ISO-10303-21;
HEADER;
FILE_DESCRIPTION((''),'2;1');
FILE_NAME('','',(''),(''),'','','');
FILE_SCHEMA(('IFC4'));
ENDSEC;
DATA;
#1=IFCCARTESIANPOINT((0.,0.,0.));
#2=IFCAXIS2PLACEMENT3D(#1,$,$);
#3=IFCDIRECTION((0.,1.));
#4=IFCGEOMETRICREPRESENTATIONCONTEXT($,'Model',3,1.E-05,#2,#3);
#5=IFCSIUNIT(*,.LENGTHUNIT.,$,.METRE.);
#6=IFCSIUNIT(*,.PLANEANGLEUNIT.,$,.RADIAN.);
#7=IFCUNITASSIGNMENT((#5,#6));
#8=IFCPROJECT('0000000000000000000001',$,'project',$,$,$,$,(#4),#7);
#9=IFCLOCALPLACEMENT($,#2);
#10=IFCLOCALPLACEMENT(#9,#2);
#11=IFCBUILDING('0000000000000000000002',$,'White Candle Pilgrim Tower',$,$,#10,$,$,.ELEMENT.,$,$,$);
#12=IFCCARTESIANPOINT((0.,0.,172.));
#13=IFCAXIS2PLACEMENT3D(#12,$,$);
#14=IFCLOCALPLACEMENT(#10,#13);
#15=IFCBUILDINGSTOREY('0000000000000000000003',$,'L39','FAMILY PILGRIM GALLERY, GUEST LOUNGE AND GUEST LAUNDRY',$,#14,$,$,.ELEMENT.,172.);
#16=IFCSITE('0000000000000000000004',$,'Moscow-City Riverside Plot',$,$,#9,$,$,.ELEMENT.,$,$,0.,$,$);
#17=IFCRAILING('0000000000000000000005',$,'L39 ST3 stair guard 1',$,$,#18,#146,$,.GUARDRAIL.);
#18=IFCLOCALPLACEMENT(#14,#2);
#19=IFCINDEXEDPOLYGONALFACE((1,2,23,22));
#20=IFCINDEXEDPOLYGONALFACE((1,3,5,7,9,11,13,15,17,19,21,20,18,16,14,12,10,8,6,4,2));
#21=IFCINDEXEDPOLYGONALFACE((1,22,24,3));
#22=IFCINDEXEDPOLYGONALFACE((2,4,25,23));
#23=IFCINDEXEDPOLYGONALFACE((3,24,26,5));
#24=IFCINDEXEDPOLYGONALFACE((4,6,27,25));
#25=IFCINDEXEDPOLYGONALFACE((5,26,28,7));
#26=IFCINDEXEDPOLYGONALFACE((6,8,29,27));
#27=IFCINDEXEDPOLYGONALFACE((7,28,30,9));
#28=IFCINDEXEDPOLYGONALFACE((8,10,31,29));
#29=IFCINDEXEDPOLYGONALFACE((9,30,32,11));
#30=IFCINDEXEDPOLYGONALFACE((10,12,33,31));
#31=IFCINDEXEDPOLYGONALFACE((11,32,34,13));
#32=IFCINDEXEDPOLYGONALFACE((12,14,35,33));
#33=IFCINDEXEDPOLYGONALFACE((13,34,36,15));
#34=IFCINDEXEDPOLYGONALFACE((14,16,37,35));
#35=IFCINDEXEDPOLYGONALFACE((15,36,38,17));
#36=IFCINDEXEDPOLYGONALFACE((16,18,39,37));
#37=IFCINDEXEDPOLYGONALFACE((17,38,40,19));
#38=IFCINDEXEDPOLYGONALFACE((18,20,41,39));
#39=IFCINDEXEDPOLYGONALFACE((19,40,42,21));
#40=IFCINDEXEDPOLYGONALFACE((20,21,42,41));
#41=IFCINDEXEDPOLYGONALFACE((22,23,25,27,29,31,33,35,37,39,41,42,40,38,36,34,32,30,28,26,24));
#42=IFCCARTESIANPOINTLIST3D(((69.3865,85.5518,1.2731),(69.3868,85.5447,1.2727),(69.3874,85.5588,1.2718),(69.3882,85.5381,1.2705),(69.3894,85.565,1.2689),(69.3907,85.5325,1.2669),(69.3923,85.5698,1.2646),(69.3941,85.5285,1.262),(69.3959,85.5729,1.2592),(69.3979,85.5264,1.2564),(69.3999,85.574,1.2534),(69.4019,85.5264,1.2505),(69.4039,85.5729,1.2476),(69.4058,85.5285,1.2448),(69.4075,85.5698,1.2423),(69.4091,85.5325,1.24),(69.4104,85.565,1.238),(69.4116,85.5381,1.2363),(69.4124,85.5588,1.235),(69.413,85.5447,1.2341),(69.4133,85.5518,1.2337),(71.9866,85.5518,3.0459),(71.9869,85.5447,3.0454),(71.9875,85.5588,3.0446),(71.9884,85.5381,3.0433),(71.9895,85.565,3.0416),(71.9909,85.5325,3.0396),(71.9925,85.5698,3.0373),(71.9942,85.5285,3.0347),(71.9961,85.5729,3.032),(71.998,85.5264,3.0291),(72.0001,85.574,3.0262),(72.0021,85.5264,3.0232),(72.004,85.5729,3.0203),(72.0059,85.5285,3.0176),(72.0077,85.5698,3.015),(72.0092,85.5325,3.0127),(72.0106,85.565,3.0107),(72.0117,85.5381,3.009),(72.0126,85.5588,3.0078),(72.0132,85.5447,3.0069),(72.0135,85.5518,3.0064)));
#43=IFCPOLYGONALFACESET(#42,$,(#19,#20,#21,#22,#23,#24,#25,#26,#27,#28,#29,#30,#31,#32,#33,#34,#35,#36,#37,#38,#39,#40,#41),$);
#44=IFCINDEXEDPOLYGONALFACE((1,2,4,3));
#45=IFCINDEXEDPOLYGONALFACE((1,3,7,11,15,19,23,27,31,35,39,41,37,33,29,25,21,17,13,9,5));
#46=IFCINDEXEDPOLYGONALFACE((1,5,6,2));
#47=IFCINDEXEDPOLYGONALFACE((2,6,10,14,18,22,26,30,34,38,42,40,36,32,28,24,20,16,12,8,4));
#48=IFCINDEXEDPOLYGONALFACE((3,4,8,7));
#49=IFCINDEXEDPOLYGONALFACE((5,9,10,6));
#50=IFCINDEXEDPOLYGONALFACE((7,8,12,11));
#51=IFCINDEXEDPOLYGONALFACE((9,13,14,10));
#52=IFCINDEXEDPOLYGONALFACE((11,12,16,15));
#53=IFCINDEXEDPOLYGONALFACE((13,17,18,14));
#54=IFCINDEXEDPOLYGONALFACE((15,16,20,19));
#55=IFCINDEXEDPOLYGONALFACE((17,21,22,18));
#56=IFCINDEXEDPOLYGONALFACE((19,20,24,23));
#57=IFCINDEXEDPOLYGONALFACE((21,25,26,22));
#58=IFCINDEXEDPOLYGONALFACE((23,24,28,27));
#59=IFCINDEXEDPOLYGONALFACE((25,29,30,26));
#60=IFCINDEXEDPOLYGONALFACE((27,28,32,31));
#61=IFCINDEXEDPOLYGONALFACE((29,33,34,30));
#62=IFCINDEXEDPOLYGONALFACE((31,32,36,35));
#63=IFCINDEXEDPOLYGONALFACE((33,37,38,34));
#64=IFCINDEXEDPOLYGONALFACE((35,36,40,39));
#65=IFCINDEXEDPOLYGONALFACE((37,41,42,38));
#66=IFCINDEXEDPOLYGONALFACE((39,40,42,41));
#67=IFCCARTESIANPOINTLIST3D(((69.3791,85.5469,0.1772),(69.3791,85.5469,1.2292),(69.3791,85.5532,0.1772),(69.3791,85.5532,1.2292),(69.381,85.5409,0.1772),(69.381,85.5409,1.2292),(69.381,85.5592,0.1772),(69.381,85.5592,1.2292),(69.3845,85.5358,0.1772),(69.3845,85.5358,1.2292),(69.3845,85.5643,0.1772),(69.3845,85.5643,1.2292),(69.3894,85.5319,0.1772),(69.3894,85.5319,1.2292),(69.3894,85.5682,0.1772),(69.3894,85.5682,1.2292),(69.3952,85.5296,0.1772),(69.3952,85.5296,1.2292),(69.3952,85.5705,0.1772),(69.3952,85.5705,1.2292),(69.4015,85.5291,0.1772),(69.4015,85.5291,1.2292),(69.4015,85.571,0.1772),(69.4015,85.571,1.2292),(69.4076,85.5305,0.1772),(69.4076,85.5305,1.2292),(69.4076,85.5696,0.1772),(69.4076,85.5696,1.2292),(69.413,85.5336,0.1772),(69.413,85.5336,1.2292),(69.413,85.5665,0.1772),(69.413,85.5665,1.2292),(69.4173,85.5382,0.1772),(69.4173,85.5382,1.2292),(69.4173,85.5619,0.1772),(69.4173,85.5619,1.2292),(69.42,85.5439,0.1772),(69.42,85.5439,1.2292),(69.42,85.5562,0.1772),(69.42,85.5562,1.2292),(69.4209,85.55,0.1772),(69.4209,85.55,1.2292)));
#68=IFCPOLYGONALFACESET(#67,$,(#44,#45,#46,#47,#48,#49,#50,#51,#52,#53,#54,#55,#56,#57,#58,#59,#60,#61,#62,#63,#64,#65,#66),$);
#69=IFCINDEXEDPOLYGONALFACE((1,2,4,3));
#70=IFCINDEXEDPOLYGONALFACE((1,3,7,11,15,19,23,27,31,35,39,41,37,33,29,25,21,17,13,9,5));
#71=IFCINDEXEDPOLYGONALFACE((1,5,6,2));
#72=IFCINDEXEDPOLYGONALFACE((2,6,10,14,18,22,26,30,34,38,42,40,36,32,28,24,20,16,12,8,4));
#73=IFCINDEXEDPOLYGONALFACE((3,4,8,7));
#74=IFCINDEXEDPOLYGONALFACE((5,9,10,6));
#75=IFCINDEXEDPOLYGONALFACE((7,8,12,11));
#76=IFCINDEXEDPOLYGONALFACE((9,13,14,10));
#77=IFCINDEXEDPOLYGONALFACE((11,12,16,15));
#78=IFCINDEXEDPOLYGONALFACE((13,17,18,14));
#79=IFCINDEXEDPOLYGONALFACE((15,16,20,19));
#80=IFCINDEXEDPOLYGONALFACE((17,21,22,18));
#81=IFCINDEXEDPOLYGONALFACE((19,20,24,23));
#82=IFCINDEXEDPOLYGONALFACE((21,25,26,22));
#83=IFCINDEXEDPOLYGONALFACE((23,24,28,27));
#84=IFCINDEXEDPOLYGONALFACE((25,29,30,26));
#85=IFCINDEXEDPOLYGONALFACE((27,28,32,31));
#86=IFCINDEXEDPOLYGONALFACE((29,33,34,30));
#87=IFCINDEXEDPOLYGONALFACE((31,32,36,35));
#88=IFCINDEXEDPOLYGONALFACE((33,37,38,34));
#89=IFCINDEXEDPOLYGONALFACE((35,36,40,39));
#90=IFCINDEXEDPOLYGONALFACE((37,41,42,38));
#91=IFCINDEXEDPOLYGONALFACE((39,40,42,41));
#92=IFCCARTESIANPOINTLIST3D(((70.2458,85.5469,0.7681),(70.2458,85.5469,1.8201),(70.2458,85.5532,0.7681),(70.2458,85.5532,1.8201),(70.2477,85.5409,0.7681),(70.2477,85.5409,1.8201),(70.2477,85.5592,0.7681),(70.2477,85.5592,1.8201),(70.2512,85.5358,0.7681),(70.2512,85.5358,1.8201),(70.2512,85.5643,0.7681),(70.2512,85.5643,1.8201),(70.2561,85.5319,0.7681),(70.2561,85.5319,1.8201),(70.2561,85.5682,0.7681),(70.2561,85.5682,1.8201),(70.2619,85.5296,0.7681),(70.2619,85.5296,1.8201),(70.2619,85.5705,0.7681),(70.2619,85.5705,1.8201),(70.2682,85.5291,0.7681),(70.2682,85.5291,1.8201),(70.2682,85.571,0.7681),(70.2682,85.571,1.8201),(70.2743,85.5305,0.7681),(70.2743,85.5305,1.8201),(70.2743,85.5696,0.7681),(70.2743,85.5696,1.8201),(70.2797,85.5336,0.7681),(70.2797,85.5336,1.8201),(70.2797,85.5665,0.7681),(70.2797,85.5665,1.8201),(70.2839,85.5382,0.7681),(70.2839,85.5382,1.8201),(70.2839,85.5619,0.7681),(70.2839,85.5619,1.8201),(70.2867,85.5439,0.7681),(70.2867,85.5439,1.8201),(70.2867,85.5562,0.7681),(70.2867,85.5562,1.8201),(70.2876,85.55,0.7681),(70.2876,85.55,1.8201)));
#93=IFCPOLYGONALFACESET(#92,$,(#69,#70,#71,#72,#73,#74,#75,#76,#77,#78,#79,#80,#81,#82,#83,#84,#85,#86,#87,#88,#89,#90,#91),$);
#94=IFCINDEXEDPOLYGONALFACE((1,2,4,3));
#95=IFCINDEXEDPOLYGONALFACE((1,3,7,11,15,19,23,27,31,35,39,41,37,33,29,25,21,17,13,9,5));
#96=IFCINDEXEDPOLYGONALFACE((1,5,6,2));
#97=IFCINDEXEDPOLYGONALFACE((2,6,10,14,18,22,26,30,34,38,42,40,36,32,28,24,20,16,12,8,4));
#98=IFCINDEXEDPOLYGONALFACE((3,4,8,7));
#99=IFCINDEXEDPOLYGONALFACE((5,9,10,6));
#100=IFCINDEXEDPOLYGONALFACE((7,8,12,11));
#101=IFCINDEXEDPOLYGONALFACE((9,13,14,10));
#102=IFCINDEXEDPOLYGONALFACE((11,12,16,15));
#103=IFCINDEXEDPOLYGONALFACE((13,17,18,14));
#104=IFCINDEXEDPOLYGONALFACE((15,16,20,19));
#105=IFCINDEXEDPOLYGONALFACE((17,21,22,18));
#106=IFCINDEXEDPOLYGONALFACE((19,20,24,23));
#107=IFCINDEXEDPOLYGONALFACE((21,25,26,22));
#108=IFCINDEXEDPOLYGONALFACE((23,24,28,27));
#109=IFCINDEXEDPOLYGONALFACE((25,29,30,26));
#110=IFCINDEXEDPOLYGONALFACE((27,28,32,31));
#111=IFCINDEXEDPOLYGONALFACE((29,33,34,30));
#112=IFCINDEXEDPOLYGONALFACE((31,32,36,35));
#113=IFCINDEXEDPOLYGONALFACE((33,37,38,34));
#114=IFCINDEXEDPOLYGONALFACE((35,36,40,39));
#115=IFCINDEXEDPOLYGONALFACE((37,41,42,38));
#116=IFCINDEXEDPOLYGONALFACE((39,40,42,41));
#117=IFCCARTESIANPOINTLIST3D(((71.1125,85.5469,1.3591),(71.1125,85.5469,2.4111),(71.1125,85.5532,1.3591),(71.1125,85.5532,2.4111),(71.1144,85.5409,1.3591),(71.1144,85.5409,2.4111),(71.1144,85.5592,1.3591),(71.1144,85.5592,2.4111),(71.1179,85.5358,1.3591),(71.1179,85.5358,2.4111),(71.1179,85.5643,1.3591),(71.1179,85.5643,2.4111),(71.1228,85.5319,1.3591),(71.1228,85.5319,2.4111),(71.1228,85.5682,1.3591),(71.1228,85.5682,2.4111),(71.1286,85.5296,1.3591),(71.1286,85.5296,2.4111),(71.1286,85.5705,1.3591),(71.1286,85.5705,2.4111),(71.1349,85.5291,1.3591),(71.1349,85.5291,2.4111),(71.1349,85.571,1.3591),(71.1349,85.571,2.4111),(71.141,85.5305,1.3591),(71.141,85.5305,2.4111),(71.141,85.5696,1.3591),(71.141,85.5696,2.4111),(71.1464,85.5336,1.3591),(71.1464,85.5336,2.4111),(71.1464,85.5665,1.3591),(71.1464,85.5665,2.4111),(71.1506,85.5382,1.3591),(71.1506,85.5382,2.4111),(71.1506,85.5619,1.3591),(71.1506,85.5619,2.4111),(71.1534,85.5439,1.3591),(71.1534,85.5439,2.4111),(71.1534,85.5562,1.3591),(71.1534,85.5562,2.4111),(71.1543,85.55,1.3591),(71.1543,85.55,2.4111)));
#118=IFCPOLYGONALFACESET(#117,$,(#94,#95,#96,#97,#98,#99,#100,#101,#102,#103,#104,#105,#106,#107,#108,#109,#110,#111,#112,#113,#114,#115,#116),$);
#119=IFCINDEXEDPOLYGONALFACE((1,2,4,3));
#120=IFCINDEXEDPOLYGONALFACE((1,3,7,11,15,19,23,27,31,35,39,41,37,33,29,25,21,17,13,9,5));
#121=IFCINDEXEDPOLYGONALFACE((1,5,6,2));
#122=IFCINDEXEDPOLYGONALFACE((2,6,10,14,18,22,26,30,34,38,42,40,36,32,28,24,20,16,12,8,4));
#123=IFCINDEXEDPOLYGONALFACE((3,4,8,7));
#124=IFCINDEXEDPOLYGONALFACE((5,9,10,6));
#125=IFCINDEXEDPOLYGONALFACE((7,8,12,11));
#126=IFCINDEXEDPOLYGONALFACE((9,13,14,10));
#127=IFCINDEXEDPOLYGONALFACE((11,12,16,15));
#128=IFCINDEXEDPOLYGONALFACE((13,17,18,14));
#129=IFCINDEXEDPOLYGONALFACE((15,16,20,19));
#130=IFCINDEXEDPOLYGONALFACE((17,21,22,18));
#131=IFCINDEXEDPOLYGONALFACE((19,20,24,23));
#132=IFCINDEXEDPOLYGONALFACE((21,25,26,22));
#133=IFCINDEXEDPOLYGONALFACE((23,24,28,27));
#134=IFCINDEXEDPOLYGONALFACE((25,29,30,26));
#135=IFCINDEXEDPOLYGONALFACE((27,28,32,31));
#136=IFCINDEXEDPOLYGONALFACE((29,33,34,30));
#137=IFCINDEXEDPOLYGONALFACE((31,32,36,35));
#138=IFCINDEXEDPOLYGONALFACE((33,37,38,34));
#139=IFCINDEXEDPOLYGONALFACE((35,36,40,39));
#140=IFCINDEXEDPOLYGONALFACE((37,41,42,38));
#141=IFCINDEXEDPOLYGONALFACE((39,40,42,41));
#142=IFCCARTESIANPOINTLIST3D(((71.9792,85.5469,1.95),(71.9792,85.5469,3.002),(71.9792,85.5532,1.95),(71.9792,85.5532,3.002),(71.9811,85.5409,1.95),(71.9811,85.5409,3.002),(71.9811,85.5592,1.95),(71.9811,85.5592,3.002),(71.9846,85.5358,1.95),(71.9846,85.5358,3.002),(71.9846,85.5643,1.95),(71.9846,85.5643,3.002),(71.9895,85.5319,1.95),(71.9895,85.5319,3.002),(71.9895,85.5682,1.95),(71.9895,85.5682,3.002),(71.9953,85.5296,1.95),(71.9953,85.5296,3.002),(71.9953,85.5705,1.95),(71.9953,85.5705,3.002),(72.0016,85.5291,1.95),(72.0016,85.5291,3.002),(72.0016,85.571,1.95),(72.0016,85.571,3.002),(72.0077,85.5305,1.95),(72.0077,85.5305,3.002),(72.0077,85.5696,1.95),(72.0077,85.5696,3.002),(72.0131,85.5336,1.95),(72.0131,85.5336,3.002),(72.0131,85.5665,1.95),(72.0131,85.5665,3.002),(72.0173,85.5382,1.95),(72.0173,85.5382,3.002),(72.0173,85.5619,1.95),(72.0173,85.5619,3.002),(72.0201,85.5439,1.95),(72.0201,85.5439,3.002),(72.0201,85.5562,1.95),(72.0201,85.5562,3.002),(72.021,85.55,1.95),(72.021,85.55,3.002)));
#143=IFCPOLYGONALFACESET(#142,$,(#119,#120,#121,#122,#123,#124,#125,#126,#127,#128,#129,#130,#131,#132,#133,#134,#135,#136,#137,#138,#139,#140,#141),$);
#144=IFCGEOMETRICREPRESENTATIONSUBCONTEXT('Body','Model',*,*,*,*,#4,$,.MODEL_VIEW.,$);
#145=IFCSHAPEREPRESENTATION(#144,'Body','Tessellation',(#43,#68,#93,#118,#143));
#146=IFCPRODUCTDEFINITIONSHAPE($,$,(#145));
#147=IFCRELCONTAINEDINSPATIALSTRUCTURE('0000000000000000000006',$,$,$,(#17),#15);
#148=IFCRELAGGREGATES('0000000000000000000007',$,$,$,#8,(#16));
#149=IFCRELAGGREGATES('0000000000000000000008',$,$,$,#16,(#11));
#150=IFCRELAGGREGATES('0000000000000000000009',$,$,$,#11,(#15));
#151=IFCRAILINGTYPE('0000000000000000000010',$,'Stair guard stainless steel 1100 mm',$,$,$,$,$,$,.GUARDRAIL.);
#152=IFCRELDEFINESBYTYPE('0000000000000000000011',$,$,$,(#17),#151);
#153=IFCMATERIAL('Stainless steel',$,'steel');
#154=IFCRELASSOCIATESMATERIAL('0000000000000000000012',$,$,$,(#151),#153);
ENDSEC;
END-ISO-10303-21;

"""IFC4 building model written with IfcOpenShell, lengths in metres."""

from ifc_helpers import new_model, si_unit, direction, frame, origin, origin_2d, place, context, subcontext, project, spatial, circle, extrude, material, type_object, element, save


model = new_model("IFC4")

# Units and contexts
model_context = context("Model", 3, precision=1e-05, world=origin(), true_north=direction((0.0, 1.0)))
body_context = subcontext(model_context, "Body", "Model", "MODEL_VIEW")
ifc_project = project(units=[si_unit("LENGTHUNIT", "METRE"), si_unit("PLANEANGLEUNIT", "RADIAN")], contexts=[model_context])

# Site, building, storey
site_placement = place(None, origin())
site = spatial("IfcSite", under=ifc_project, at=site_placement, Name="Moscow-City Riverside Plot", CompositionType="ELEMENT", RefElevation=0.0)
building_placement = place(site_placement, origin())
building = spatial("IfcBuilding", under=site, at=building_placement, Name="White Candle Pilgrim Tower", CompositionType="ELEMENT")
storey_placement = place(building_placement, frame((0.0, 0.0, 172.0)))
storey = spatial("IfcBuildingStorey", under=building, at=storey_placement, Name="L39", Description="FAMILY PILGRIM GALLERY, GUEST LOUNGE AND GUEST LAUNDRY", CompositionType="ELEMENT", Elevation=172.0)

# Railing
ifc_material_1 = material(Name="Stainless steel", Category="steel")
railing_type_1 = type_object("IfcRailingType", Name="Stair guard stainless steel 1100 mm", PredefinedType="GUARDRAIL", material=ifc_material_1)
railing_1_placement = place(storey_placement, frame((69.3999, 85.55, 0.1772)))
element("IfcRailing", 1, at=railing_1_placement, inside=storey, type_object=railing_type_1, Name="L39 ST3 stair guard 1", PredefinedType="GUARDRAIL", context=body_context, shape_type="SweptSolid", body=[
    extrude(circle(Radius=0.0239, at=origin_2d()), frame((0.0, 0.0, 1.0762), z_axis=(0.82624, 0.0, 0.563318), x_axis=(0.0, 1.0, 0.0)), (0.0, 0.0, 1.0), 3.147),
    extrude(circle(Radius=0.021, at=origin_2d()), origin(), (0.0, 0.0, 1.0), 1.052),
    extrude(circle(Radius=0.021, at=origin_2d()), frame((0.8667, 0.0, 0.5908)), (0.0, 0.0, 1.0), 1.052),
    extrude(circle(Radius=0.021, at=origin_2d()), frame((1.7334, 0.0, 1.1819)), (0.0, 0.0, 1.0), 1.052),
    extrude(circle(Radius=0.021, at=origin_2d()), frame((2.6001, 0.0, 1.7727)), (0.0, 0.0, 1.0), 1.052),
])

save(model, "model.ifc")
